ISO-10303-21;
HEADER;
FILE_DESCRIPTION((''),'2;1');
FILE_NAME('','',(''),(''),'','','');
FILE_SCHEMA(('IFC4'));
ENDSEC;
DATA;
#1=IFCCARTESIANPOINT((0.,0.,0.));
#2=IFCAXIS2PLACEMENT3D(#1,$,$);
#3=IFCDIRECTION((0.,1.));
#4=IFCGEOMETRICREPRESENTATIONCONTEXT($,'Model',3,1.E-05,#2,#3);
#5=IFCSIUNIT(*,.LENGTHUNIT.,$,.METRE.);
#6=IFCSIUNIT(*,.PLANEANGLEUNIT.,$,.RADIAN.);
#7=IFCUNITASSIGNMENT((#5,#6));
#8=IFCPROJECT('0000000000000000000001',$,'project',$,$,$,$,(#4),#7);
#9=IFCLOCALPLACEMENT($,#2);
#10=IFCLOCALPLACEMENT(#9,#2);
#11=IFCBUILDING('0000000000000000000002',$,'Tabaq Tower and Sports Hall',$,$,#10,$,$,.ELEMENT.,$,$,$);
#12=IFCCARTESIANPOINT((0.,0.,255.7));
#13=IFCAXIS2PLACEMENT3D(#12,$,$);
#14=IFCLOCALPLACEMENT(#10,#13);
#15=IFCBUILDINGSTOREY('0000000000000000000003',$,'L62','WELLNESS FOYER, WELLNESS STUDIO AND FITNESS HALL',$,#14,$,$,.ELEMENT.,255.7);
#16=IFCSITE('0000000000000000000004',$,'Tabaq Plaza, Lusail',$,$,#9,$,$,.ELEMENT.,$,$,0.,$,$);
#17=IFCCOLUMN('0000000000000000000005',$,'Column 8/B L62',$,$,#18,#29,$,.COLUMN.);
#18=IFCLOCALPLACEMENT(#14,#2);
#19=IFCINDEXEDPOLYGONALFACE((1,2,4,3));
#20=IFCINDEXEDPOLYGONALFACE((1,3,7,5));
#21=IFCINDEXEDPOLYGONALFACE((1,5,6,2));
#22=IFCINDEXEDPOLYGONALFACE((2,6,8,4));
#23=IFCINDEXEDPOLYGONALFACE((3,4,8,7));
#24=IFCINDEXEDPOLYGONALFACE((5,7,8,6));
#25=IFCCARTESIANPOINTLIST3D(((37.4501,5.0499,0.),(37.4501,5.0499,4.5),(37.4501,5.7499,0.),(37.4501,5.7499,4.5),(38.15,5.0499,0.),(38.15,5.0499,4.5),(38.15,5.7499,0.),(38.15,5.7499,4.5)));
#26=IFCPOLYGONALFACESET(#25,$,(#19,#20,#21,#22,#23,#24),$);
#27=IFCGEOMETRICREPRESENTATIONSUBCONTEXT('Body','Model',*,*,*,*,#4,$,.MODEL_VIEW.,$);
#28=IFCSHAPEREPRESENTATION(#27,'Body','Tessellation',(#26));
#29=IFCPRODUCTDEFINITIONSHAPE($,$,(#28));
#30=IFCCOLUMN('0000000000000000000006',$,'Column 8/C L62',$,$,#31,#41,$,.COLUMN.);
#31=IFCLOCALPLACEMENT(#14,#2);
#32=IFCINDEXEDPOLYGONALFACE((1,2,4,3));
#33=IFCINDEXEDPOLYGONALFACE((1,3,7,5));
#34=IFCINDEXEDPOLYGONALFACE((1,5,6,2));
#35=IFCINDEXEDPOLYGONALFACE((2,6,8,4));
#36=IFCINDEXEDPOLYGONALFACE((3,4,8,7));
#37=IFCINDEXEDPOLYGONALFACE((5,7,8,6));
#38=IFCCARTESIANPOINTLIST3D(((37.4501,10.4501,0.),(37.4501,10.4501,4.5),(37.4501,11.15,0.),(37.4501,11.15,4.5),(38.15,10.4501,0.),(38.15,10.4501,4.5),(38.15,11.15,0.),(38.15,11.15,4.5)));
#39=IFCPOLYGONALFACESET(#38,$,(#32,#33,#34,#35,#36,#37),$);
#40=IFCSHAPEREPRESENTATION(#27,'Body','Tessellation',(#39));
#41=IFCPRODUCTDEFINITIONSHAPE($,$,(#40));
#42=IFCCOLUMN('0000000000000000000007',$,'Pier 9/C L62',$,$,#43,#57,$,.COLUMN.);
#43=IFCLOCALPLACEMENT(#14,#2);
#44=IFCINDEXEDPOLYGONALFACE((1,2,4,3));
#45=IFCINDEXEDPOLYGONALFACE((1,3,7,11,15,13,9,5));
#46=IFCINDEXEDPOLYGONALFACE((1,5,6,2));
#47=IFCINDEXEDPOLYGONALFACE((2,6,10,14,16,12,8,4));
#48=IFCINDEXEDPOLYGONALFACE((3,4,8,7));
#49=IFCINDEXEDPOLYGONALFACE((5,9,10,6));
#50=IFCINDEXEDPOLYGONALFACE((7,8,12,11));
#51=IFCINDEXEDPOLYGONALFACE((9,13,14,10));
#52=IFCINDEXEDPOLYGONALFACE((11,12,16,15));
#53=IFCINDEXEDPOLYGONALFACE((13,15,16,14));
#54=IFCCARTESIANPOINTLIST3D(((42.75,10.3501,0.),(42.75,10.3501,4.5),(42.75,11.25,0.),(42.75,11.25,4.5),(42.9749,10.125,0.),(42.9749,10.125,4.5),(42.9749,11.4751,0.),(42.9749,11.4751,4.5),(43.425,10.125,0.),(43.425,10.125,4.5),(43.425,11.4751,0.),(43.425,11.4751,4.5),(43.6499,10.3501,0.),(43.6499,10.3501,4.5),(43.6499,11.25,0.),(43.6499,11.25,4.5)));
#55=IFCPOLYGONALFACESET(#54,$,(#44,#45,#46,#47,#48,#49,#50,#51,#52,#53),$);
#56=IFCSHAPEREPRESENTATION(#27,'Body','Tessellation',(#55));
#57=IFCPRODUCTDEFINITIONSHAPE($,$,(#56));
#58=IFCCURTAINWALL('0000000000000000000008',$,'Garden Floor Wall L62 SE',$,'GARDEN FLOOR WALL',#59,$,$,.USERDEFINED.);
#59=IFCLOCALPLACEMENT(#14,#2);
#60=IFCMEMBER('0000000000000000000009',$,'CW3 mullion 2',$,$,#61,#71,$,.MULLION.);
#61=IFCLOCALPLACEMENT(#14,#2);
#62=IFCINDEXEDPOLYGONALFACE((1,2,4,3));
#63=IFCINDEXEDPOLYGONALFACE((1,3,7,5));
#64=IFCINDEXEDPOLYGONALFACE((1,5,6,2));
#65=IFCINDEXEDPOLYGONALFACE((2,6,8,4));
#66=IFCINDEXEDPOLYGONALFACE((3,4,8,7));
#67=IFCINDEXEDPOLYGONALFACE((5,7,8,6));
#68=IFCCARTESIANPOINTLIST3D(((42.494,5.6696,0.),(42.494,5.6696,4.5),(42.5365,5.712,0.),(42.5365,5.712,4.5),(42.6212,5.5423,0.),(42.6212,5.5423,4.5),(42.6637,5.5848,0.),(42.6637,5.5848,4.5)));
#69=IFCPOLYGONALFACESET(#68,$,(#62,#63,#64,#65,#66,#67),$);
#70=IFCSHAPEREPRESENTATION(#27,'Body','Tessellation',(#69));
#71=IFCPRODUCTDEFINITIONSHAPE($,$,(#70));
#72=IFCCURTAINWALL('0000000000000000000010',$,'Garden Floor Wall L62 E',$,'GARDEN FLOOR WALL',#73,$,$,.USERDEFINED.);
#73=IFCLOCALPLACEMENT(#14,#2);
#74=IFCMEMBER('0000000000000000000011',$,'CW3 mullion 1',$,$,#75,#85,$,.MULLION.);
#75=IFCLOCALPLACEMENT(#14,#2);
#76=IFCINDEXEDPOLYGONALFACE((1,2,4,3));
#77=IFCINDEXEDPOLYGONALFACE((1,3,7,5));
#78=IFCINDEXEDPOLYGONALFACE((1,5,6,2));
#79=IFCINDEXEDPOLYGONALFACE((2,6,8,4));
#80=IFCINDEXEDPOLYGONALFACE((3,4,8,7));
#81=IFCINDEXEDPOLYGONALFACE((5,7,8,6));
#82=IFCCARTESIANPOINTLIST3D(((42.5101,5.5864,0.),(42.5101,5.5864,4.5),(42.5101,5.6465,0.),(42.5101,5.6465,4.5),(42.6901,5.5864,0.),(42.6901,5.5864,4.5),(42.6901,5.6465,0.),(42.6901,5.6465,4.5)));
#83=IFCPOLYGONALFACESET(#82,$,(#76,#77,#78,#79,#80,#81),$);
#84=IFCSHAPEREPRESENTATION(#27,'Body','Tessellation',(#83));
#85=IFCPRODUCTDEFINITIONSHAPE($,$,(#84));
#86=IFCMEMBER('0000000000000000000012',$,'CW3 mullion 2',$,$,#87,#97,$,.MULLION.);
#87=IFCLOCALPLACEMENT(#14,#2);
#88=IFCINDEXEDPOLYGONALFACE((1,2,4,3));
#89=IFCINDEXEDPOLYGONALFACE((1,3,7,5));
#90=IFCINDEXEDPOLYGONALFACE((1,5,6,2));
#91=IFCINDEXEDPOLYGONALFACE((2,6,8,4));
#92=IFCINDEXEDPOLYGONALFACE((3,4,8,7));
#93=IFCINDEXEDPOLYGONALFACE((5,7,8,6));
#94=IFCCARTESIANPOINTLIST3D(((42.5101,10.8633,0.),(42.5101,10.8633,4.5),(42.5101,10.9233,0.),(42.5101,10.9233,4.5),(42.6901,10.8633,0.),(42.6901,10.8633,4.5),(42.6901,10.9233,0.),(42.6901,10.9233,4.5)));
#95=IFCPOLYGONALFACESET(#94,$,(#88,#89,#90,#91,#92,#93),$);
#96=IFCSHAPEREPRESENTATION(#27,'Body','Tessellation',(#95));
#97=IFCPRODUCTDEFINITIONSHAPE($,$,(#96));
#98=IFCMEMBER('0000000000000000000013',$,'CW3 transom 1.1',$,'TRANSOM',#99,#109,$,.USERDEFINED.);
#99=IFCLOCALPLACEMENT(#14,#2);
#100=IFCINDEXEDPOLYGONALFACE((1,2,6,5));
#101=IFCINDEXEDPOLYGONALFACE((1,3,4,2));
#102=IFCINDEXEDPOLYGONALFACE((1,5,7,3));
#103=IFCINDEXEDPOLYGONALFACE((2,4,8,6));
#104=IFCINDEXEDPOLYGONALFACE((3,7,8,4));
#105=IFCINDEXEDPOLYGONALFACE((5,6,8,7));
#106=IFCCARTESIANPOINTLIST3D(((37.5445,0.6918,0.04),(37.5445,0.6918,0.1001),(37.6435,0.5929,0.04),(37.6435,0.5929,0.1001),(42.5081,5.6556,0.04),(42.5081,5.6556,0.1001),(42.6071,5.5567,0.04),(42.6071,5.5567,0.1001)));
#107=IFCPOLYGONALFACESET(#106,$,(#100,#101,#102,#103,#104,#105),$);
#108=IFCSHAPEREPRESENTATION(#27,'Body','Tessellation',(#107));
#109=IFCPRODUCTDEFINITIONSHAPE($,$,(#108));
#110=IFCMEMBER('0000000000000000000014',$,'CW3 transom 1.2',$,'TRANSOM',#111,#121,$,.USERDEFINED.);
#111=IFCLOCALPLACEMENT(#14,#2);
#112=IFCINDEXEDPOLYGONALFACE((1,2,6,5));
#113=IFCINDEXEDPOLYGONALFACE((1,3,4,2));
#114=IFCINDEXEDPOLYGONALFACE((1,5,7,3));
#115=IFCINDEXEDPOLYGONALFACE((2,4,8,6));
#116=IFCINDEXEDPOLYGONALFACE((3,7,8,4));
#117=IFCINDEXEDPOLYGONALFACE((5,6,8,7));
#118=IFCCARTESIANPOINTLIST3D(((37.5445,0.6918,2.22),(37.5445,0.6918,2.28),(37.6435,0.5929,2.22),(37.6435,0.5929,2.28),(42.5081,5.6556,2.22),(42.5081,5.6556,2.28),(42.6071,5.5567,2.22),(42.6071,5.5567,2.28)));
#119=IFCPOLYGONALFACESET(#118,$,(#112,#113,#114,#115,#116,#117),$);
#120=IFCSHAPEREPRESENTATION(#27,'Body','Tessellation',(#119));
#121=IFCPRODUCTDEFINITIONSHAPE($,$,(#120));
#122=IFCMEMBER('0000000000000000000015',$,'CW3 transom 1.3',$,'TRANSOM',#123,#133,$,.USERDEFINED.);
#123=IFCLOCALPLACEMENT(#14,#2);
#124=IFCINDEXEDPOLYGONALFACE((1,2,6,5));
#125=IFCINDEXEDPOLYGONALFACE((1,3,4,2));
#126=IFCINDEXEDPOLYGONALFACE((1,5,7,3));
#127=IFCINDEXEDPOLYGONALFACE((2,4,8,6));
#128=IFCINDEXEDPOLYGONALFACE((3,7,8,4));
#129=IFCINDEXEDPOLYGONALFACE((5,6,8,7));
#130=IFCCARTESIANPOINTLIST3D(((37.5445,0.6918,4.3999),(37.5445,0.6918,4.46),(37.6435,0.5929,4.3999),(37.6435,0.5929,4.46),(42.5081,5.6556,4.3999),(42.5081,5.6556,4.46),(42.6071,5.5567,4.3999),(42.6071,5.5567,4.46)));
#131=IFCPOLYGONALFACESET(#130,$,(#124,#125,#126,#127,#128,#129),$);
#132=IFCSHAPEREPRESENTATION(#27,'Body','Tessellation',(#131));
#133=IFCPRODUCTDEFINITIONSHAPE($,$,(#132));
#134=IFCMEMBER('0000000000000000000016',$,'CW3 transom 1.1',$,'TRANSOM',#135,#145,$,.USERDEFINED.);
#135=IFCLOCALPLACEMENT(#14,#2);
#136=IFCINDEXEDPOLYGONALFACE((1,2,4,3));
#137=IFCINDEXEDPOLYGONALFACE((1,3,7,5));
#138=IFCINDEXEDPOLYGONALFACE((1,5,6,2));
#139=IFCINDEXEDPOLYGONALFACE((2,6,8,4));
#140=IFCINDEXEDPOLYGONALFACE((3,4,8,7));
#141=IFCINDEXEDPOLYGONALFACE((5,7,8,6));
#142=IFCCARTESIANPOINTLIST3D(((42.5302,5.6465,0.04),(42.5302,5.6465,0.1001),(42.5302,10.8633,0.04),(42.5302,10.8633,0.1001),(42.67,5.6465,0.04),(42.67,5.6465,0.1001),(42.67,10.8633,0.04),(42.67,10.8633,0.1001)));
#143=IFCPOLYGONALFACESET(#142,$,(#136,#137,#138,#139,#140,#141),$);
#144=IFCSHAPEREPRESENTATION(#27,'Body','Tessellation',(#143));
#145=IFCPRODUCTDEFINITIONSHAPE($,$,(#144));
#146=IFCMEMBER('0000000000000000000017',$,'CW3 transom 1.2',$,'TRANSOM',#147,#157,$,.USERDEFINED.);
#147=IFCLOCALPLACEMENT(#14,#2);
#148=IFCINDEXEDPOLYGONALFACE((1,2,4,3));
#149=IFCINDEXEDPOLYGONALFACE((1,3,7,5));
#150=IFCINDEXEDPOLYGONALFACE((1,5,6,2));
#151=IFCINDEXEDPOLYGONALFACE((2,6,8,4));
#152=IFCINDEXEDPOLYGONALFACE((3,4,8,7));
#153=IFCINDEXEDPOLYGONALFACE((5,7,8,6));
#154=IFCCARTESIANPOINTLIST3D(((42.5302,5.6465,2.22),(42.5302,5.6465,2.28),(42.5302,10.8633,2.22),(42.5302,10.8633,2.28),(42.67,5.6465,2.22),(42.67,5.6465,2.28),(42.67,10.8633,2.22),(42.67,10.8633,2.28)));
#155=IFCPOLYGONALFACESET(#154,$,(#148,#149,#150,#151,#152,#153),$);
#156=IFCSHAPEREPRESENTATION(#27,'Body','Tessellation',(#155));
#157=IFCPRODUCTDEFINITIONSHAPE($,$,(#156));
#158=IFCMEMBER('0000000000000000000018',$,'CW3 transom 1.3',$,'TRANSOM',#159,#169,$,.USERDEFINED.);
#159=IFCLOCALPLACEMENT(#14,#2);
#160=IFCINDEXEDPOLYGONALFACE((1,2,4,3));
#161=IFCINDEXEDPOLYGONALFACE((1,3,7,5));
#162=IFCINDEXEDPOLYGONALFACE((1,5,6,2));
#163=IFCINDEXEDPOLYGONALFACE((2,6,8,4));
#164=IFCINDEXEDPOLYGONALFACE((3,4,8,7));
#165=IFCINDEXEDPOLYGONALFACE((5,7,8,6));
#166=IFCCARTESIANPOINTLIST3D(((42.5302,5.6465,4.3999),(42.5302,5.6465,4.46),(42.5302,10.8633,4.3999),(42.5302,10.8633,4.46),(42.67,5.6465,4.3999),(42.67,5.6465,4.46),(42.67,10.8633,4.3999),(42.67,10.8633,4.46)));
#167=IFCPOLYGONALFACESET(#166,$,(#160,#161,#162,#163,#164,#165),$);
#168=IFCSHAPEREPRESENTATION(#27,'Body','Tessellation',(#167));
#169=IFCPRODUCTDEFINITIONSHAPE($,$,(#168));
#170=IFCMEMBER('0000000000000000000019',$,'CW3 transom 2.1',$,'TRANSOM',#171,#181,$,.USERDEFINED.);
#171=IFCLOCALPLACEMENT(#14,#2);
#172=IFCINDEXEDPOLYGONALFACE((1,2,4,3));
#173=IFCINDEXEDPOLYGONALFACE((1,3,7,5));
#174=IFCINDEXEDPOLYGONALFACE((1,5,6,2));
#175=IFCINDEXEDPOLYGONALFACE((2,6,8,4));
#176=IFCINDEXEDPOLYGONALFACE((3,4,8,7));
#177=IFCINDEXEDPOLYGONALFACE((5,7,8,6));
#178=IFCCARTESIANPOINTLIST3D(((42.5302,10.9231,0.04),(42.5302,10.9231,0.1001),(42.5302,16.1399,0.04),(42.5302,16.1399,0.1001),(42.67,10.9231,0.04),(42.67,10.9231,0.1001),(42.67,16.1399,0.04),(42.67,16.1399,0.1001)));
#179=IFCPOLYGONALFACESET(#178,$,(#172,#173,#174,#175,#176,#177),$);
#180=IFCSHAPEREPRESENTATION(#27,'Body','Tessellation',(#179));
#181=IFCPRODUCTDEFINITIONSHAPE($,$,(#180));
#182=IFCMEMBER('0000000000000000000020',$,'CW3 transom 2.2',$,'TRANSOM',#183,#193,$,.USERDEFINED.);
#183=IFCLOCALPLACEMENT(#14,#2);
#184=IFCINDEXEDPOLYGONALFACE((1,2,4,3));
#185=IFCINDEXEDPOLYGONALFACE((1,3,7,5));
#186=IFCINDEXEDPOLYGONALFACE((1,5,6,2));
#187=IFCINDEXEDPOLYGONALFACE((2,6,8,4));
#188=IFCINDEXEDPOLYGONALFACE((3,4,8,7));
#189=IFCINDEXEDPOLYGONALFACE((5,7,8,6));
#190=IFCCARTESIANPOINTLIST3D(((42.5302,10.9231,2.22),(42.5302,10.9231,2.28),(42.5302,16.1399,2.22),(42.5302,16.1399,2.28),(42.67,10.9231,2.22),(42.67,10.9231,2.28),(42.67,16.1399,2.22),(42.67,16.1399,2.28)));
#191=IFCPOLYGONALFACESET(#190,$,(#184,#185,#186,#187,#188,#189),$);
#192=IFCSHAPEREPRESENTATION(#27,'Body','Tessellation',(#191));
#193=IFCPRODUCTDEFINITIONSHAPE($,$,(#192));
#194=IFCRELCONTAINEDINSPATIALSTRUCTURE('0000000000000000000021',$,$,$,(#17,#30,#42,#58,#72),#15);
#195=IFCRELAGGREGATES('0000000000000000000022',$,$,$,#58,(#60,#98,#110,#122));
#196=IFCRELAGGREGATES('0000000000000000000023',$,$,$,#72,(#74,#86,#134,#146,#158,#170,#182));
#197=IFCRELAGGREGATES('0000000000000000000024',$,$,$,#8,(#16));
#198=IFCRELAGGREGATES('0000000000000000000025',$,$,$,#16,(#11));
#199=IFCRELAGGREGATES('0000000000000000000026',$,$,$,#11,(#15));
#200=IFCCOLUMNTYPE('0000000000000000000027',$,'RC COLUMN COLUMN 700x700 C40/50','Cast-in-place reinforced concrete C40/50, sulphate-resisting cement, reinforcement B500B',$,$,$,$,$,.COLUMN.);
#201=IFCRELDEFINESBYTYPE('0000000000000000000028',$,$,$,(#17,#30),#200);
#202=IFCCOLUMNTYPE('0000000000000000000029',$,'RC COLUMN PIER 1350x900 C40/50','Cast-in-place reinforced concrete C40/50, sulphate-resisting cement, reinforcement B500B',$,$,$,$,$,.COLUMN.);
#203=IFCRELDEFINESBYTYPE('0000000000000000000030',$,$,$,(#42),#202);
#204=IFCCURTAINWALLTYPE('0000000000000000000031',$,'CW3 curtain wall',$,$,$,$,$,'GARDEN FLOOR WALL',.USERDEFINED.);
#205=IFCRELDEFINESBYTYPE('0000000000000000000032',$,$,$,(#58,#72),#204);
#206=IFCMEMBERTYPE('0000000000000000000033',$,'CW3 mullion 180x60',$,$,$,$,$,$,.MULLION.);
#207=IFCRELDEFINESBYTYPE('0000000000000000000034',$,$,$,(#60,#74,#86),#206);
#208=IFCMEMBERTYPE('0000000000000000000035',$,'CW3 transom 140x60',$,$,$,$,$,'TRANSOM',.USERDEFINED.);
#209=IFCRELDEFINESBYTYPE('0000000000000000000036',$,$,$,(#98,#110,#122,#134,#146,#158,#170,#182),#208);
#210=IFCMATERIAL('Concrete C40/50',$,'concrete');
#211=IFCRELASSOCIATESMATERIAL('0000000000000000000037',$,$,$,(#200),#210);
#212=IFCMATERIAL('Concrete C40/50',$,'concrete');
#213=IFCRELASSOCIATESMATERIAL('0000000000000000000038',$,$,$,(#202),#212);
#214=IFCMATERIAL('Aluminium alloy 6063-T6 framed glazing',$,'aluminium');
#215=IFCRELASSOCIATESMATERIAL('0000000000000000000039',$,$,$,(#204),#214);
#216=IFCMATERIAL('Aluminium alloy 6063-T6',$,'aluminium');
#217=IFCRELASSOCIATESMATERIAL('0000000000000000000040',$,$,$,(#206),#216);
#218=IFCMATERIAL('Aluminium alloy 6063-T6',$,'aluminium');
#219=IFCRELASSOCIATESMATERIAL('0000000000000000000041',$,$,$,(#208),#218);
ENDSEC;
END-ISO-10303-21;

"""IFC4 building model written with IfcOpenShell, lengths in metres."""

from ifc_helpers import new_model, si_unit, direction, frame, origin, origin_2d, place, context, subcontext, project, spatial, polyline, rectangle, outline, extrude, material, material_profile, profile_set, type_object, element, aggregate, save


model = new_model("IFC4")

# Units and contexts
model_context = context("Model", 3, precision=1e-05, world=origin(), true_north=direction((0.0, 1.0)))
body_context = subcontext(model_context, "Body", "Model", "MODEL_VIEW")
ifc_project = project(units=[si_unit("LENGTHUNIT", "METRE"), si_unit("PLANEANGLEUNIT", "RADIAN")], contexts=[model_context])

# Site, building, storey
site_placement = place(None, origin())
site = spatial("IfcSite", under=ifc_project, at=site_placement, Name="Tabaq Plaza, Lusail", CompositionType="ELEMENT", RefElevation=0.0)
building_placement = place(site_placement, origin())
building = spatial("IfcBuilding", under=site, at=building_placement, Name="Tabaq Tower and Sports Hall", CompositionType="ELEMENT")
storey_placement = place(building_placement, frame((0.0, 0.0, 255.7)))
storey = spatial("IfcBuildingStorey", under=building, at=storey_placement, Name="L62", Description="WELLNESS FOYER, WELLNESS STUDIO AND FITNESS HALL", CompositionType="ELEMENT", Elevation=255.7)

# Columns
ifc_material_1 = material(Name="Concrete C40/50", Category="concrete")
ifc_material_profile_1 = material_profile(ifc_material_1, rectangle(XDim=0.7, YDim=0.7, at=origin_2d()), Name="COLUMN 700x700")
ifc_profile_set_1 = profile_set([ifc_material_profile_1], Name="Concrete C40/50")
column_type_1 = type_object("IfcColumnType", Name="RC COLUMN COLUMN 700x700 C40/50", Description="Cast-in-place reinforced concrete C40/50, sulphate-resisting cement, reinforcement B500B", PredefinedType="COLUMN", material=ifc_profile_set_1)
for number, where, z_axis, x_axis, name in (
    (1, (37.8, 5.3999, 0.0), (0.0, 0.0, 1.0), (1.0, 0.0, 0.0), "Column 8/B L62"),
    (2, (37.8, 10.8, 0.0), (0.0, 0.0, 1.0), (1.0, 0.0, 0.0), "Column 8/C L62"),
):
    element("IfcColumn", number, at=place(storey_placement, frame(where, z_axis=z_axis, x_axis=x_axis)), inside=storey, type_object=column_type_1, Name=name, PredefinedType="COLUMN", context=body_context, shape_type="SweptSolid", body=[
        extrude(rectangle(XDim=0.7, YDim=0.7, at=origin_2d()), origin(), (0.0, 0.0, 1.0), 4.5),
    ])
ifc_material_2 = material(Name="Concrete C40/50", Category="concrete")
ifc_material_profile_2 = material_profile(ifc_material_2, outline(polyline([(-0.45, -0.45), (0.45, -0.45), (0.675, -0.2251), (0.675, 0.2251), (0.45, 0.45), (-0.45, 0.45), (-0.675, 0.2251), (-0.675, -0.2251), (-0.45, -0.45)])), Name="PIER 1350x900")
ifc_profile_set_2 = profile_set([ifc_material_profile_2], Name="Concrete C40/50")
column_type_2 = type_object("IfcColumnType", Name="RC COLUMN PIER 1350x900 C40/50", Description="Cast-in-place reinforced concrete C40/50, sulphate-resisting cement, reinforcement B500B", PredefinedType="COLUMN", material=ifc_profile_set_2)
column_placement = place(storey_placement, frame((43.2, 10.8, 0.0), z_axis=(0.0, 0.0, 1.0), x_axis=(0.0, 1.0, 0.0)))
element("IfcColumn", 3, at=column_placement, inside=storey, type_object=column_type_2, Name="Pier 9/C L62", PredefinedType="COLUMN", context=body_context, shape_type="SweptSolid", body=[
    extrude(outline(polyline([(-0.45, -0.45), (0.45, -0.45), (0.675, -0.2251), (0.675, 0.2251), (0.45, 0.45), (-0.45, 0.45), (-0.675, 0.2251), (-0.675, -0.2251), (-0.45, -0.45)])), origin(), (0.0, 0.0, 1.0), 4.5),
])

# Curtain wall, member
ifc_material_3 = material(Name="Aluminium alloy 6063-T6 framed glazing", Category="aluminium")
curtain_wall_type = type_object("IfcCurtainWallType", Name="CW3 curtain wall", ElementType="GARDEN FLOOR WALL", PredefinedType="USERDEFINED", material=ifc_material_3)
curtain_wall_1_placement = place(storey_placement, origin())
curtain_wall_1 = element("IfcCurtainWall", 4, at=curtain_wall_1_placement, inside=storey, type_object=curtain_wall_type, Name="Garden Floor Wall L62 SE", ObjectType="GARDEN FLOOR WALL", PredefinedType="USERDEFINED")
ifc_material_4 = material(Name="Aluminium alloy 6063-T6", Category="aluminium")
ifc_material_profile_3 = material_profile(ifc_material_4, rectangle(XDim=0.1799, YDim=0.0601, at=origin_2d()), Name="MULLION 180x60")
ifc_profile_set_3 = profile_set([ifc_material_profile_3], Name="Aluminium alloy 6063-T6")
member_type_1 = type_object("IfcMemberType", Name="CW3 mullion 180x60", PredefinedType="MULLION", material=ifc_profile_set_3)
member_1_placement = place(storey_placement, frame((42.5789, 5.6272, 0.0), z_axis=(0.0, 0.0, 1.0), x_axis=(-0.707107, 0.707107, 0.0)))
member_1 = element("IfcMember", 5, at=member_1_placement, type_object=member_type_1, Name="CW3 mullion 2", PredefinedType="MULLION", context=body_context, shape_type="SweptSolid", body=[
    extrude(rectangle(XDim=0.1799, YDim=0.0601, at=origin_2d()), origin(), (0.0, 0.0, 1.0), 4.5),
])

# Curtain wall, members
curtain_wall_2_placement = place(storey_placement, origin())
curtain_wall_2 = element("IfcCurtainWall", 6, at=curtain_wall_2_placement, inside=storey, type_object=curtain_wall_type, Name="Garden Floor Wall L62 E", ObjectType="GARDEN FLOOR WALL", PredefinedType="USERDEFINED")
member_2_placement = place(storey_placement, frame((42.6001, 5.6165, 0.0), z_axis=(0.0, 0.0, 1.0), x_axis=(-1.0, 0.0, 0.0)))
member_2 = element("IfcMember", 7, at=member_2_placement, type_object=member_type_1, Name="CW3 mullion 1", PredefinedType="MULLION", context=body_context, shape_type="SweptSolid", body=[
    extrude(rectangle(XDim=0.1799, YDim=0.0601, at=origin_2d()), origin(), (0.0, 0.0, 1.0), 4.5),
])
member_3_placement = place(storey_placement, frame((42.6001, 10.8933, 0.0), z_axis=(0.0, 0.0, 1.0), x_axis=(-1.0, 0.0, 0.0)))
member_3 = element("IfcMember", 8, at=member_3_placement, type_object=member_type_1, Name="CW3 mullion 2", PredefinedType="MULLION", context=body_context, shape_type="SweptSolid", body=[
    extrude(rectangle(XDim=0.1799, YDim=0.0601, at=origin_2d()), origin(), (0.0, 0.0, 1.0), 4.5),
])

# Members
ifc_material_5 = material(Name="Aluminium alloy 6063-T6", Category="aluminium")
ifc_material_profile_4 = material_profile(ifc_material_5, rectangle(XDim=0.1399, YDim=0.0601, at=origin_2d()), Name="TRANSOM 140x60")
ifc_profile_set_4 = profile_set([ifc_material_profile_4], Name="Aluminium alloy 6063-T6")
member_type_2 = type_object("IfcMemberType", Name="CW3 transom 140x60", ElementType="TRANSOM", PredefinedType="USERDEFINED", material=ifc_profile_set_4)
member_4_placement = place(storey_placement, frame((37.594, 0.6423, 0.0701), z_axis=(0.707089, 0.707124, 0.0), x_axis=(-0.707124, 0.707089, 0.0)))
member_4 = element("IfcMember", 9, at=member_4_placement, type_object=member_type_2, Name="CW3 transom 1.1", ObjectType="TRANSOM", PredefinedType="USERDEFINED", context=body_context, shape_type="SweptSolid", body=[
    extrude(rectangle(XDim=0.1399, YDim=0.0601, at=origin_2d()), origin(), (0.0, 0.0, 1.0), 7.0198),
])
member_5_placement = place(storey_placement, frame((37.594, 0.6423, 2.25), z_axis=(0.707089, 0.707124, 0.0), x_axis=(-0.707124, 0.707089, 0.0)))
member_5 = element("IfcMember", 10, at=member_5_placement, type_object=member_type_2, Name="CW3 transom 1.2", ObjectType="TRANSOM", PredefinedType="USERDEFINED", context=body_context, shape_type="SweptSolid", body=[
    extrude(rectangle(XDim=0.1399, YDim=0.0601, at=origin_2d()), origin(), (0.0, 0.0, 1.0), 7.0198),
])
member_6_placement = place(storey_placement, frame((37.594, 0.6423, 4.4299), z_axis=(0.707089, 0.707124, 0.0), x_axis=(-0.707124, 0.707089, 0.0)))
member_6 = element("IfcMember", 11, at=member_6_placement, type_object=member_type_2, Name="CW3 transom 1.3", ObjectType="TRANSOM", PredefinedType="USERDEFINED", context=body_context, shape_type="SweptSolid", body=[
    extrude(rectangle(XDim=0.1399, YDim=0.0601, at=origin_2d()), origin(), (0.0, 0.0, 1.0), 7.0198),
])
member_7_placement = place(storey_placement, frame((42.6001, 5.6465, 0.0701), z_axis=(0.0, 1.0, 0.0), x_axis=(-1.0, 0.0, 0.0)))
member_7 = element("IfcMember", 12, at=member_7_placement, type_object=member_type_2, Name="CW3 transom 1.1", ObjectType="TRANSOM", PredefinedType="USERDEFINED", context=body_context, shape_type="SweptSolid", body=[
    extrude(rectangle(XDim=0.1399, YDim=0.0601, at=origin_2d()), origin(), (0.0, 0.0, 1.0), 5.2168),
])
member_8_placement = place(storey_placement, frame((42.6001, 5.6465, 2.25), z_axis=(0.0, 1.0, 0.0), x_axis=(-1.0, 0.0, 0.0)))
member_8 = element("IfcMember", 13, at=member_8_placement, type_object=member_type_2, Name="CW3 transom 1.2", ObjectType="TRANSOM", PredefinedType="USERDEFINED", context=body_context, shape_type="SweptSolid", body=[
    extrude(rectangle(XDim=0.1399, YDim=0.0601, at=origin_2d()), origin(), (0.0, 0.0, 1.0), 5.2168),
])
member_9_placement = place(storey_placement, frame((42.6001, 5.6465, 4.4299), z_axis=(0.0, 1.0, 0.0), x_axis=(-1.0, 0.0, 0.0)))
member_9 = element("IfcMember", 14, at=member_9_placement, type_object=member_type_2, Name="CW3 transom 1.3", ObjectType="TRANSOM", PredefinedType="USERDEFINED", context=body_context, shape_type="SweptSolid", body=[
    extrude(rectangle(XDim=0.1399, YDim=0.0601, at=origin_2d()), origin(), (0.0, 0.0, 1.0), 5.2168),
])
member_10_placement = place(storey_placement, frame((42.6001, 10.9231, 0.0701), z_axis=(0.0, 1.0, 0.0), x_axis=(-1.0, 0.0, 0.0)))
member_10 = element("IfcMember", 15, at=member_10_placement, type_object=member_type_2, Name="CW3 transom 2.1", ObjectType="TRANSOM", PredefinedType="USERDEFINED", context=body_context, shape_type="SweptSolid", body=[
    extrude(rectangle(XDim=0.1399, YDim=0.0601, at=origin_2d()), origin(), (0.0, 0.0, 1.0), 5.2168),
])
member_11_placement = place(storey_placement, frame((42.6001, 10.9231, 2.25), z_axis=(0.0, 1.0, 0.0), x_axis=(-1.0, 0.0, 0.0)))
member_11 = element("IfcMember", 16, at=member_11_placement, type_object=member_type_2, Name="CW3 transom 2.2", ObjectType="TRANSOM", PredefinedType="USERDEFINED", context=body_context, shape_type="SweptSolid", body=[
    extrude(rectangle(XDim=0.1399, YDim=0.0601, at=origin_2d()), origin(), (0.0, 0.0, 1.0), 5.2168),
])

aggregate(curtain_wall_1, [member_1, member_4, member_5, member_6])
aggregate(curtain_wall_2, [member_2, member_3, member_7, member_8, member_9, member_10, member_11])

save(model, "model.ifc")
